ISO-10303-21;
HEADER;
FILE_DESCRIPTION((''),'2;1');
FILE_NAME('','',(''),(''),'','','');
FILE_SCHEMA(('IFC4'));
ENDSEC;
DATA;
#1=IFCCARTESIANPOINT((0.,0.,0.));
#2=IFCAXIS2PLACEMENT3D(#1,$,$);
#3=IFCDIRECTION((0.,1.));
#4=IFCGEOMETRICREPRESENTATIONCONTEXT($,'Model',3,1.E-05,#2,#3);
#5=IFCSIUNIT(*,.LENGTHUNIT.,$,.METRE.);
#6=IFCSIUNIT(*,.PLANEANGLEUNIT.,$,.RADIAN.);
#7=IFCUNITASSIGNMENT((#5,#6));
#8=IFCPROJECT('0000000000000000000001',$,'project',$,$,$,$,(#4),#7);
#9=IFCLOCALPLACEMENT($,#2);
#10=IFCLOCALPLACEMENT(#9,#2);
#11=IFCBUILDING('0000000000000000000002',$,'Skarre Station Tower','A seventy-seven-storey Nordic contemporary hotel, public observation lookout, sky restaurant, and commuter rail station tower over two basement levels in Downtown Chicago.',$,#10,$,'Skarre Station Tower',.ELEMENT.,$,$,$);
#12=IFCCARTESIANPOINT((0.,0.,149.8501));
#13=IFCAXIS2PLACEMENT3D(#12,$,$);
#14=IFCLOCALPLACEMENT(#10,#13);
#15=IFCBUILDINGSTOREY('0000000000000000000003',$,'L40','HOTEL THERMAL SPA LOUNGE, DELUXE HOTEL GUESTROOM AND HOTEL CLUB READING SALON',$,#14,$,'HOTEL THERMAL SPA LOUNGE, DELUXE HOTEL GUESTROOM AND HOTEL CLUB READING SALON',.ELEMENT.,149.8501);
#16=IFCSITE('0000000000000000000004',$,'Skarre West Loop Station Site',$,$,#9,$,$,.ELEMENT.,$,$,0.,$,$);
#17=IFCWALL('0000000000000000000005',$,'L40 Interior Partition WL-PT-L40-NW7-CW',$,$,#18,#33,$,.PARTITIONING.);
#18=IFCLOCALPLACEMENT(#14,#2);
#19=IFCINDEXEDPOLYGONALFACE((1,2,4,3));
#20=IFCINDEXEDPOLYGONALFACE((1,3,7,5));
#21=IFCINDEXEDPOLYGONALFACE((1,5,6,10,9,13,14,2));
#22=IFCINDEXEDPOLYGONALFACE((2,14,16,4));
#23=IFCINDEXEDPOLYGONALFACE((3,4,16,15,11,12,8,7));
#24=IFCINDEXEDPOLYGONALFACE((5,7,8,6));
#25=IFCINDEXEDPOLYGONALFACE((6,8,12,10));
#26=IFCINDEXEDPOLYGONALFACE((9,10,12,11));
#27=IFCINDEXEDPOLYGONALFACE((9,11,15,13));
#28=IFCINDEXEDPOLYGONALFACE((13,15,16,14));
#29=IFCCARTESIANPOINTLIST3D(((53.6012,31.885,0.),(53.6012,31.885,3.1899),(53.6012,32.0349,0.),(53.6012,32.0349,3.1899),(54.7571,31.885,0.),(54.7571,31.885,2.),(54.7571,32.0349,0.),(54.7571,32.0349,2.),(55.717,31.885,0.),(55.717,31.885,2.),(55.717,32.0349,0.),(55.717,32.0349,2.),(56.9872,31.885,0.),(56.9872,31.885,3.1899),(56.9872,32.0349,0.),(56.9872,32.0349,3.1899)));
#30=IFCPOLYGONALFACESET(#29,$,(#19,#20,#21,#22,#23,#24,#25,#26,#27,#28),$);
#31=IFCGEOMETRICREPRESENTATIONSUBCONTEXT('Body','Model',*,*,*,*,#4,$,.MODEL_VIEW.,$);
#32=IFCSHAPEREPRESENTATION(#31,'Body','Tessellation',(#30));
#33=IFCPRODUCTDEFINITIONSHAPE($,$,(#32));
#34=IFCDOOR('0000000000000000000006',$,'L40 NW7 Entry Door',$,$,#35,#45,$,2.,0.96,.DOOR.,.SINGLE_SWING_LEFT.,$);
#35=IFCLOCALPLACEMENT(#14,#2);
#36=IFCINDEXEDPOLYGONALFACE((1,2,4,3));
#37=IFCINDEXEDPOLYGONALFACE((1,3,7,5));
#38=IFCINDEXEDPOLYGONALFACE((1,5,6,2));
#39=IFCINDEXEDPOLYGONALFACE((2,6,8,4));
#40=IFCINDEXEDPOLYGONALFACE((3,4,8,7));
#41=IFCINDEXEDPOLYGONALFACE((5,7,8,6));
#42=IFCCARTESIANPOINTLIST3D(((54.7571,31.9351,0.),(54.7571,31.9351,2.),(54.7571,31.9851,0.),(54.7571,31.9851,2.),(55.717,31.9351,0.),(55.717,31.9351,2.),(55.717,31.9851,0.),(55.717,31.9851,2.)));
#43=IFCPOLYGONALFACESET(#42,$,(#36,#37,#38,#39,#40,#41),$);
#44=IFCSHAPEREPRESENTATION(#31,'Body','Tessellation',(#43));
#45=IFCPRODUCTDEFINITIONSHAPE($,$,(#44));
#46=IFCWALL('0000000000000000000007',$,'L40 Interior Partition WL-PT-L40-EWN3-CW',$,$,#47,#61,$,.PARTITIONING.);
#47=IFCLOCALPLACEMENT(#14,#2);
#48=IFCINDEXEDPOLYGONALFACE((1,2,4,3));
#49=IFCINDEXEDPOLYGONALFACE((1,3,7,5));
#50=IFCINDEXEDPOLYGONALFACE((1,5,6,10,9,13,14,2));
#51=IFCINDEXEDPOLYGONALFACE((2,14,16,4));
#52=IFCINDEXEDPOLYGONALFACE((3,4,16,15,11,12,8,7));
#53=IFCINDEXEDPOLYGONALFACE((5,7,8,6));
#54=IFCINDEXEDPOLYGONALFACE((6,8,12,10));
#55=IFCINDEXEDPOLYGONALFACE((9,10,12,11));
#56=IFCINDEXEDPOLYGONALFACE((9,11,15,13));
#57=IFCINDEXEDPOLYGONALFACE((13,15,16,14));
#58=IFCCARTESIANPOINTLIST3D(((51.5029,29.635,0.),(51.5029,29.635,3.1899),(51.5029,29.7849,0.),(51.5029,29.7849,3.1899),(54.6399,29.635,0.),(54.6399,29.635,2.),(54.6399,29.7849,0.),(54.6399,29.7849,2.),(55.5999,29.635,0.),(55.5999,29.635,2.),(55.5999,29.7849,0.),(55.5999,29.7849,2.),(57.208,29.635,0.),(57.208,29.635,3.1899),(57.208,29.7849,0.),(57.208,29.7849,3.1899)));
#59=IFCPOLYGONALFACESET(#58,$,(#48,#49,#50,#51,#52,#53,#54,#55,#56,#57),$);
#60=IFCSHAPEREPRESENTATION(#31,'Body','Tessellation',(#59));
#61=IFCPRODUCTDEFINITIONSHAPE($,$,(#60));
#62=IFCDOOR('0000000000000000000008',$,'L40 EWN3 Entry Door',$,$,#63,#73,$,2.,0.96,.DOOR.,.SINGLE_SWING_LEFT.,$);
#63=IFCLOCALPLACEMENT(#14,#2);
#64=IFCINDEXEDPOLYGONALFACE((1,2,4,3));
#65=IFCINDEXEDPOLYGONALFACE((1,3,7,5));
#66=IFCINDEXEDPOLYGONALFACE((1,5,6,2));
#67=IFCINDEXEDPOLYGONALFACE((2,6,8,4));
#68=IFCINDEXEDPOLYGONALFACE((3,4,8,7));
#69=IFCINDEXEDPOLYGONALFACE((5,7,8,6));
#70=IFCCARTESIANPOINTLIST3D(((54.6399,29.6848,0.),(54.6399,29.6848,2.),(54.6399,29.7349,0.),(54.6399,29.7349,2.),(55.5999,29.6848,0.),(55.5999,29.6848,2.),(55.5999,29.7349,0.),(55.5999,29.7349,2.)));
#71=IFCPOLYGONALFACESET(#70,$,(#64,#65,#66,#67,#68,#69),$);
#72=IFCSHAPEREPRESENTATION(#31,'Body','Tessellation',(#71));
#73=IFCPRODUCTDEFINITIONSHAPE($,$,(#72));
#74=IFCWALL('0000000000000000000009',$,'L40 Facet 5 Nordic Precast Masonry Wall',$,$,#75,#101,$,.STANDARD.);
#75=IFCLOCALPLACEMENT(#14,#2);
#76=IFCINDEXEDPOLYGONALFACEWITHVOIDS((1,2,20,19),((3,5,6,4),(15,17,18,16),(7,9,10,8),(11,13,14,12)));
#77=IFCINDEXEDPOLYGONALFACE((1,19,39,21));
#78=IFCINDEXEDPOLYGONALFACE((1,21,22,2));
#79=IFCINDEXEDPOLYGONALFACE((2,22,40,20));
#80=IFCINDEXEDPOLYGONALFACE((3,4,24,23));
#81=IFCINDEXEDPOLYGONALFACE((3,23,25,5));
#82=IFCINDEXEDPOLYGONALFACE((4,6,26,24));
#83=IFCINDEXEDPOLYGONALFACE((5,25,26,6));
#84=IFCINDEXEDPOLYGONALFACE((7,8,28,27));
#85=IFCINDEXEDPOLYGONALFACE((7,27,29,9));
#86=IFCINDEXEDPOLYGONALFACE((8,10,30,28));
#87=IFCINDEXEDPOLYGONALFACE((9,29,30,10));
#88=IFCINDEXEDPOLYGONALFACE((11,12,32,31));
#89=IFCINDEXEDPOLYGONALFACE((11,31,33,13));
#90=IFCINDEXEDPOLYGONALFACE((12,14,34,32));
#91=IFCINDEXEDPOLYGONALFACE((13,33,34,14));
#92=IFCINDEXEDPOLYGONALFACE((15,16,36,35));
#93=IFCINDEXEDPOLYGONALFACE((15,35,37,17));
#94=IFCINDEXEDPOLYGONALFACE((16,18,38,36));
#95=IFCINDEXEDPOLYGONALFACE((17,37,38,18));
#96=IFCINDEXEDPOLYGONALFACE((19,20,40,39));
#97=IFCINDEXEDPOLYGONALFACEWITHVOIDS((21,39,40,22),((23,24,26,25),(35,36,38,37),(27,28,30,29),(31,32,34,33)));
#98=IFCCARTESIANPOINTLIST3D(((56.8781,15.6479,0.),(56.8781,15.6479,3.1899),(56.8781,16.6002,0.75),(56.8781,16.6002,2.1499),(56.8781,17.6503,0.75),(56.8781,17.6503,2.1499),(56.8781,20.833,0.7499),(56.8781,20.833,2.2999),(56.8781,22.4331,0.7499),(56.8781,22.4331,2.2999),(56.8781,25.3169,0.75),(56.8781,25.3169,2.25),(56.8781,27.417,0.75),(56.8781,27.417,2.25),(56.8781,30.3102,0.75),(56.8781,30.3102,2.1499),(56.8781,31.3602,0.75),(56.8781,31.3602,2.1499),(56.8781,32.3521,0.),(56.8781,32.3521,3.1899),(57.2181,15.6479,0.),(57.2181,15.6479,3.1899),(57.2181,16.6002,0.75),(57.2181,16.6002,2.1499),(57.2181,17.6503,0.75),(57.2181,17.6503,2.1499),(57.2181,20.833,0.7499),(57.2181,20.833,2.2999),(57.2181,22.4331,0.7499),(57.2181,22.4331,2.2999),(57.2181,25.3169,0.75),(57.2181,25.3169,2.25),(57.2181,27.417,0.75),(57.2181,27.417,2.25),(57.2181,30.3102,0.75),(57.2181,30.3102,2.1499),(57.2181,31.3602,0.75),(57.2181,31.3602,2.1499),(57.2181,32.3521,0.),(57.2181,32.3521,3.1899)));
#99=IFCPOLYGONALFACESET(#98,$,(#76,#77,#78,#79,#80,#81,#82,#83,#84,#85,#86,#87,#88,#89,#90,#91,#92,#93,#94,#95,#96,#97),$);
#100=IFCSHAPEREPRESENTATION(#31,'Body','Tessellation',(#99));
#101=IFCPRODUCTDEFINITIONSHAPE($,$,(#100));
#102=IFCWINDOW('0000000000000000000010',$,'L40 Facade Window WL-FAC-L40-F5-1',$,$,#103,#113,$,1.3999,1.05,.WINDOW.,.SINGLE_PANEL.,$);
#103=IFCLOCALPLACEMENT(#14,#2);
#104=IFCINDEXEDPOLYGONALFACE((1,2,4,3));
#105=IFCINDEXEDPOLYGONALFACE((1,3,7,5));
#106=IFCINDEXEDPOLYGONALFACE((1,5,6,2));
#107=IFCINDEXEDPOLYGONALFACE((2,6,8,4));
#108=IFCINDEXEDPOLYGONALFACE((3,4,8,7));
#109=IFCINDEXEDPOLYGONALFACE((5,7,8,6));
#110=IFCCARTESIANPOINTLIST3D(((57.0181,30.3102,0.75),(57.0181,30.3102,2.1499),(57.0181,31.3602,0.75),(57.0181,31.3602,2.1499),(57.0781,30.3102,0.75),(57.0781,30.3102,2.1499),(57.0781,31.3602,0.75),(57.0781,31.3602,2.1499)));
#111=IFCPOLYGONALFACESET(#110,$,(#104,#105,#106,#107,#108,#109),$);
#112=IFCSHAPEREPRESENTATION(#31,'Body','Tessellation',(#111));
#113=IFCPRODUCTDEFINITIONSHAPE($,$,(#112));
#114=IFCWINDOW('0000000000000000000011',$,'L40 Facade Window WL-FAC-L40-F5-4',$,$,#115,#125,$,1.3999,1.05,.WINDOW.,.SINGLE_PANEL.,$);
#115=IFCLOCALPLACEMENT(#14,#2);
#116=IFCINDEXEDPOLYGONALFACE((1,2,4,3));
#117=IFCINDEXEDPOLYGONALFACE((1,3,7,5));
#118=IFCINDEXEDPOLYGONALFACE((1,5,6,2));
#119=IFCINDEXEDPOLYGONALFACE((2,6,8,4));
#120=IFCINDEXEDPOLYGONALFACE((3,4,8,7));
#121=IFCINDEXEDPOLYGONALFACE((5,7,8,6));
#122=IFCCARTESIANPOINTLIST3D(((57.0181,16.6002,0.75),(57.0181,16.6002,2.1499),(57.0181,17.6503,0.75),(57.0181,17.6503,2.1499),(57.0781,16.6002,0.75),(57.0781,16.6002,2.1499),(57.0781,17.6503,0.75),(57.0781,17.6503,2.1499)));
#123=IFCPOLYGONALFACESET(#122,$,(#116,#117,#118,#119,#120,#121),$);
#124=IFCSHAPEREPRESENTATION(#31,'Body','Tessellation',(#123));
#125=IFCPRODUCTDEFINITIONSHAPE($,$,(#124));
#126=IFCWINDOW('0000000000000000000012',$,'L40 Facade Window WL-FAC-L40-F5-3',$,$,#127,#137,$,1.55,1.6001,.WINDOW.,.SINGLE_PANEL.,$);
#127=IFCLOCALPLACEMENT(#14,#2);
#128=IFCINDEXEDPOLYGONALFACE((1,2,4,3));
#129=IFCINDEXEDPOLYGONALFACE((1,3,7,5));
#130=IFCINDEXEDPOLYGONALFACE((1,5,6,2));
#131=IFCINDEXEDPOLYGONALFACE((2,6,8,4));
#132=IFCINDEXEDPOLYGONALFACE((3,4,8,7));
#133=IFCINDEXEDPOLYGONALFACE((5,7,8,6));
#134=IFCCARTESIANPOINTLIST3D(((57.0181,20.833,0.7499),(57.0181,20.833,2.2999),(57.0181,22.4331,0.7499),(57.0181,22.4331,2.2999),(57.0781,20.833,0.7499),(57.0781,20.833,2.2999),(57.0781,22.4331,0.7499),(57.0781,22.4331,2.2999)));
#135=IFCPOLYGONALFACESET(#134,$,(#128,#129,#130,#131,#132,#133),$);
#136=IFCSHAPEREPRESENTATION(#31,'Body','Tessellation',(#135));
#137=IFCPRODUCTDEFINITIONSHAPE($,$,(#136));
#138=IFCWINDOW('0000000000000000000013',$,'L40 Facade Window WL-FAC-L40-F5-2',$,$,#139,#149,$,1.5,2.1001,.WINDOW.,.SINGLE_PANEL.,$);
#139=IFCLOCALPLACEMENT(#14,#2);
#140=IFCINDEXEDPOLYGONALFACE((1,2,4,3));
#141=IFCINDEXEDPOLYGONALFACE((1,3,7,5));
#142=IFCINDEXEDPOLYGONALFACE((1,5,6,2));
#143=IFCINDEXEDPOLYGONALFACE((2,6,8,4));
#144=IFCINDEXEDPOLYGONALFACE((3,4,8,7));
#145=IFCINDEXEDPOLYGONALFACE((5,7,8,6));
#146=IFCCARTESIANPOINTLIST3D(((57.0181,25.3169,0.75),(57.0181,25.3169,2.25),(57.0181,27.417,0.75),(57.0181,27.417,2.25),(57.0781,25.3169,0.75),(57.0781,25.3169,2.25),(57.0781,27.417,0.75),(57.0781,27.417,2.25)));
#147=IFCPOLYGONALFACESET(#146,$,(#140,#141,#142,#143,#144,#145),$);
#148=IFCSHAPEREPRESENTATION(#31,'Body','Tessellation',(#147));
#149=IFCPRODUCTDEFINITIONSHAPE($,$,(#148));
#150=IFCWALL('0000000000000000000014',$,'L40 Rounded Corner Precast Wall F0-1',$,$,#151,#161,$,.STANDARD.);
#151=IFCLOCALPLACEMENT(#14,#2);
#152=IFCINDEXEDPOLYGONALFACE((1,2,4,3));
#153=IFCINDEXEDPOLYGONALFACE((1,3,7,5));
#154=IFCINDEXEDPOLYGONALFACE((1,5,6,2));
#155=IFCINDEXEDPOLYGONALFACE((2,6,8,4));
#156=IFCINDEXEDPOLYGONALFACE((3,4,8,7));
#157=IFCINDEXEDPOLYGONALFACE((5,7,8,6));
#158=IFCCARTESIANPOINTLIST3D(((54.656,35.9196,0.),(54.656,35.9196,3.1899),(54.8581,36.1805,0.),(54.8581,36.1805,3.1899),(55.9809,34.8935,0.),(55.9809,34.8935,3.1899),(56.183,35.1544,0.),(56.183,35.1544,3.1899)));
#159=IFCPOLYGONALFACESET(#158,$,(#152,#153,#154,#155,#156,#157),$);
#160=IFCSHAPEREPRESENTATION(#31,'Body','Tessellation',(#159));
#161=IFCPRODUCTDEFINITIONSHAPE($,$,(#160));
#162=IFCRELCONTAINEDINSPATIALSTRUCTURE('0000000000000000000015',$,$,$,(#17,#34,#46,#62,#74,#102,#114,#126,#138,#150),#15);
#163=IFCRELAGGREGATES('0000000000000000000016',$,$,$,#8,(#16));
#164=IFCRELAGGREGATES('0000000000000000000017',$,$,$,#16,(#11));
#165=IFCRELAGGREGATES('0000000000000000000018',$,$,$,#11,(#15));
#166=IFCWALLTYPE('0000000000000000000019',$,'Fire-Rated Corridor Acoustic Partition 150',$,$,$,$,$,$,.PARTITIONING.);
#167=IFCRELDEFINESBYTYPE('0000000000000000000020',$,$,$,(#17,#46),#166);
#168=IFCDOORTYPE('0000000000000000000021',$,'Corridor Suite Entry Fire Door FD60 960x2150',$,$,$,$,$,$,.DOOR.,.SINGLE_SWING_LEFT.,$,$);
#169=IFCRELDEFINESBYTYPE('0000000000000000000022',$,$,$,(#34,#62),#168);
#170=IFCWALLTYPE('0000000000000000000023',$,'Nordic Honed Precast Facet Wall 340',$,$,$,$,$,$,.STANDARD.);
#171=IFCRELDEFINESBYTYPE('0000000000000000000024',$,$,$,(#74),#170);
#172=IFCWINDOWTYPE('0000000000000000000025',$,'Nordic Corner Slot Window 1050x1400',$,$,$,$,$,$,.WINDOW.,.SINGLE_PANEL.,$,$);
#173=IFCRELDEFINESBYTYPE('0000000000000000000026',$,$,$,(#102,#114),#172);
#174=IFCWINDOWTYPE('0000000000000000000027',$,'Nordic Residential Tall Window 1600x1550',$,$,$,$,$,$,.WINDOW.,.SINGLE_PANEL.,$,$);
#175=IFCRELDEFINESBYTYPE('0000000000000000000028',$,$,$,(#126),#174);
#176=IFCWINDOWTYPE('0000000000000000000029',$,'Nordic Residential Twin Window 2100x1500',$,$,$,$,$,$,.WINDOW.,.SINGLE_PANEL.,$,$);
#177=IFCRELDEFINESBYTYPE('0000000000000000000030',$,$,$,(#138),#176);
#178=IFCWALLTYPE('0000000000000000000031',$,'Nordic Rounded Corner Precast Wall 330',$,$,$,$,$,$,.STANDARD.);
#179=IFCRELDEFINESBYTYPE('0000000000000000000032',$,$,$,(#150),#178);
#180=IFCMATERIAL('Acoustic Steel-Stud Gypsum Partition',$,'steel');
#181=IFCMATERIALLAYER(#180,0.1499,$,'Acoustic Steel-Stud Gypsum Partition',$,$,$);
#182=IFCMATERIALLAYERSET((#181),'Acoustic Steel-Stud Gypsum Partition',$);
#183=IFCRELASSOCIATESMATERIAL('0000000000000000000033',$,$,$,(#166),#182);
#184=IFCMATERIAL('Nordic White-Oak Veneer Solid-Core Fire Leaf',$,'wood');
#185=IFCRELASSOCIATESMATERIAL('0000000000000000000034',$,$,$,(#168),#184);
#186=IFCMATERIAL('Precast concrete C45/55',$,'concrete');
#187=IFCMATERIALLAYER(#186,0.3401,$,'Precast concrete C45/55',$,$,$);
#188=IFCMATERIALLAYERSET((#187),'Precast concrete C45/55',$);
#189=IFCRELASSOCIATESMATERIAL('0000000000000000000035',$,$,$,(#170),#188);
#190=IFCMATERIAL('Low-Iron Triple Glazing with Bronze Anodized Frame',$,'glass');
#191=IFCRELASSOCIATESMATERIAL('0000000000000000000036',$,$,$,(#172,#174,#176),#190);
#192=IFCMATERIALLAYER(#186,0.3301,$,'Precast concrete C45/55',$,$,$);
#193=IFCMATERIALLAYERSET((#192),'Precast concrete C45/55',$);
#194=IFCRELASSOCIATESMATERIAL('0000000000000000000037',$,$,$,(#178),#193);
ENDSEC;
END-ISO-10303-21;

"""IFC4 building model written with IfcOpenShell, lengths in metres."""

from ifc_helpers import new_model, si_unit, direction, frame, frame_2d, origin, place, context, subcontext, project, spatial, rectangle, extrude, material, layer, layer_set, type_object, element, fill, save


model = new_model("IFC4")

# Units and contexts
model_context = context("Model", 3, precision=1e-05, world=origin(), true_north=direction((0.0, 1.0)))
body_context = subcontext(model_context, "Body", "Model", "MODEL_VIEW")
ifc_project = project(units=[si_unit("LENGTHUNIT", "METRE"), si_unit("PLANEANGLEUNIT", "RADIAN")], contexts=[model_context])

# Site, building, storey
site_placement = place(None, origin())
site = spatial("IfcSite", under=ifc_project, at=site_placement, Name="Skarre West Loop Station Site", CompositionType="ELEMENT", RefElevation=0.0)
building_placement = place(site_placement, origin())
building = spatial("IfcBuilding", under=site, at=building_placement, Name="Skarre Station Tower", Description="A seventy-seven-storey Nordic contemporary hotel, public observation lookout, sky restaurant, and commuter rail station tower over two basement levels in Downtown Chicago.", LongName="Skarre Station Tower", CompositionType="ELEMENT")
storey_placement = place(building_placement, frame((0.0, 0.0, 149.8501)))
storey = spatial("IfcBuildingStorey", under=building, at=storey_placement, Name="L40", Description="HOTEL THERMAL SPA LOUNGE, DELUXE HOTEL GUESTROOM AND HOTEL CLUB READING SALON", LongName="HOTEL THERMAL SPA LOUNGE, DELUXE HOTEL GUESTROOM AND HOTEL CLUB READING SALON", CompositionType="ELEMENT", Elevation=149.8501)

# Walls, openings, doors
ifc_material_1 = material(Name="Acoustic Steel-Stud Gypsum Partition", Category="steel")
ifc_layer_1 = layer(ifc_material_1, 0.1499, Name="Acoustic Steel-Stud Gypsum Partition")
ifc_layer_set_1 = layer_set([ifc_layer_1], Name="Acoustic Steel-Stud Gypsum Partition")
wall_type_1 = type_object("IfcWallType", Name="Fire-Rated Corridor Acoustic Partition 150", PredefinedType="PARTITIONING", material=ifc_layer_set_1)
ifc_material_2 = material(Name="Nordic White-Oak Veneer Solid-Core Fire Leaf", Category="wood")
door_type = type_object("IfcDoorType", Name="Corridor Suite Entry Fire Door FD60 960x2150", OperationType="SINGLE_SWING_LEFT", PredefinedType="DOOR", material=ifc_material_2)
wall_1_placement = place(storey_placement, frame((56.9871, 31.96, 0.0), z_axis=(0.0, 0.0, 1.0), x_axis=(-1.0, 0.0, 0.0)))
wall_1 = element("IfcWall", 1, at=wall_1_placement, inside=storey, type_object=wall_type_1, Name="L40 Interior Partition WL-PT-L40-NW7-CW", PredefinedType="PARTITIONING", context=body_context, shape_type="SweptSolid", body=[
    extrude(rectangle(XDim=3.386, YDim=0.1499, at=frame_2d((1.6929, 0.0))), origin(), (0.0, 0.0, 1.0), 3.1899),
])
opening_1_placement = place(wall_1_placement, frame((1.27, 0.0, 0.0)))
opening_1 = element("IfcOpeningElement", 2, at=opening_1_placement, cuts=wall_1, PredefinedType="OPENING", context=body_context, shape_type="SweptSolid", body=[
    extrude(rectangle(XDim=0.96, YDim=2.0, at=frame_2d((0.48, 1.0))), frame((0.0, 0.085, 0.0), z_axis=(0.0, -1.0, 0.0), x_axis=(1.0, 0.0, 0.0)), (0.0, 0.0, 1.0), 0.1699),
])
door_1_placement = place(opening_1_placement, origin())
door_1 = element("IfcDoor", 3, at=door_1_placement, inside=storey, type_object=door_type, Name="L40 NW7 Entry Door", OperationType="SINGLE_SWING_LEFT", OverallHeight=2.0, OverallWidth=0.96, PredefinedType="DOOR", context=body_context, shape_type="SweptSolid", body=[
    extrude(rectangle(XDim=0.96, YDim=2.0, at=frame_2d((0.48, 1.0))), frame((0.0, 0.0249, 0.0), z_axis=(0.0, -1.0, 0.0), x_axis=(1.0, 0.0, 0.0)), (0.0, 0.0, 1.0), 0.05),
])
fill(opening_1, door_1)
wall_2_placement = place(storey_placement, frame((51.5029, 29.71, 0.0), z_axis=(0.0, 0.0, 1.0), x_axis=(1.0, 0.0, 0.0)))
wall_2 = element("IfcWall", 4, at=wall_2_placement, inside=storey, type_object=wall_type_1, Name="L40 Interior Partition WL-PT-L40-EWN3-CW", PredefinedType="PARTITIONING", context=body_context, shape_type="SweptSolid", body=[
    extrude(rectangle(XDim=5.7051, YDim=0.1499, at=frame_2d((2.8525, 0.0))), origin(), (0.0, 0.0, 1.0), 3.1899),
])
opening_2_placement = place(wall_2_placement, frame((3.137, 0.0, 0.0)))
opening_2 = element("IfcOpeningElement", 5, at=opening_2_placement, cuts=wall_2, PredefinedType="OPENING", context=body_context, shape_type="SweptSolid", body=[
    extrude(rectangle(XDim=0.96, YDim=2.0, at=frame_2d((0.48, 1.0))), frame((0.0, 0.085, 0.0), z_axis=(0.0, -1.0, 0.0), x_axis=(1.0, 0.0, 0.0)), (0.0, 0.0, 1.0), 0.1699),
])
door_2_placement = place(opening_2_placement, origin())
door_2 = element("IfcDoor", 6, at=door_2_placement, inside=storey, type_object=door_type, Name="L40 EWN3 Entry Door", OperationType="SINGLE_SWING_LEFT", OverallHeight=2.0, OverallWidth=0.96, PredefinedType="DOOR", context=body_context, shape_type="SweptSolid", body=[
    extrude(rectangle(XDim=0.96, YDim=2.0, at=frame_2d((0.48, 1.0))), frame((0.0, 0.0249, 0.0), z_axis=(0.0, -1.0, 0.0), x_axis=(1.0, 0.0, 0.0)), (0.0, 0.0, 1.0), 0.05),
])
fill(opening_2, door_2)

# Wall, openings, windows
ifc_material_3 = material(Name="Precast concrete C45/55", Category="concrete")
ifc_layer_2 = layer(ifc_material_3, 0.3401, Name="Precast concrete C45/55")
ifc_layer_set_2 = layer_set([ifc_layer_2], Name="Precast concrete C45/55")
wall_type_2 = type_object("IfcWallType", Name="Nordic Honed Precast Facet Wall 340", PredefinedType="STANDARD", material=ifc_layer_set_2)
wall_3_placement = place(storey_placement, frame((57.0481, 32.3521, 0.0), z_axis=(0.0, 0.0, 1.0), x_axis=(0.0, -1.0, 0.0)))
wall_3 = element("IfcWall", 7, at=wall_3_placement, inside=storey, type_object=wall_type_2, Name="L40 Facet 5 Nordic Precast Masonry Wall", PredefinedType="STANDARD", context=body_context, shape_type="SweptSolid", body=[
    extrude(rectangle(XDim=16.7041, YDim=0.3401, at=frame_2d((8.3521, 0.0))), origin(), (0.0, 0.0, 1.0), 3.1899),
])
opening_3_placement = place(wall_3_placement, frame((0.9919, 0.0, 0.75)))
opening_3 = element("IfcOpeningElement", 8, at=opening_3_placement, cuts=wall_3, PredefinedType="OPENING", context=body_context, shape_type="SweptSolid", body=[
    extrude(rectangle(XDim=1.05, YDim=1.3999, at=frame_2d((0.5249, 0.7))), frame((0.0, 0.1799, 0.0), z_axis=(0.0, -1.0, 0.0), x_axis=(1.0, 0.0, 0.0)), (0.0, 0.0, 1.0), 0.3601),
])
opening_4_placement = place(wall_3_placement, frame((4.9351, 0.0, 0.75)))
opening_4 = element("IfcOpeningElement", 9, at=opening_4_placement, cuts=wall_3, PredefinedType="OPENING", context=body_context, shape_type="SweptSolid", body=[
    extrude(rectangle(XDim=2.1001, YDim=1.5, at=frame_2d((1.05, 0.75))), frame((0.0, 0.1799, 0.0), z_axis=(0.0, -1.0, 0.0), x_axis=(1.0, 0.0, 0.0)), (0.0, 0.0, 1.0), 0.3601),
])
opening_5_placement = place(wall_3_placement, frame((9.9189, 0.0, 0.75)))
opening_5 = element("IfcOpeningElement", 10, at=opening_5_placement, cuts=wall_3, PredefinedType="OPENING", context=body_context, shape_type="SweptSolid", body=[
    extrude(rectangle(XDim=1.6001, YDim=1.55, at=frame_2d((0.8, 0.7749))), frame((0.0, 0.1799, 0.0), z_axis=(0.0, -1.0, 0.0), x_axis=(1.0, 0.0, 0.0)), (0.0, 0.0, 1.0), 0.3601),
])
opening_6_placement = place(wall_3_placement, frame((14.7019, 0.0, 0.75)))
opening_6 = element("IfcOpeningElement", 11, at=opening_6_placement, cuts=wall_3, PredefinedType="OPENING", context=body_context, shape_type="SweptSolid", body=[
    extrude(rectangle(XDim=1.05, YDim=1.3999, at=frame_2d((0.5249, 0.7))), frame((0.0, 0.1799, 0.0), z_axis=(0.0, -1.0, 0.0), x_axis=(1.0, 0.0, 0.0)), (0.0, 0.0, 1.0), 0.3601),
])
ifc_material_4 = material(Name="Low-Iron Triple Glazing with Bronze Anodized Frame", Category="glass")
window_type_1 = type_object("IfcWindowType", Name="Nordic Corner Slot Window 1050x1400", PartitioningType="SINGLE_PANEL", PredefinedType="WINDOW", material=ifc_material_4)
window_1_placement = place(opening_3_placement, origin())
window_1 = element("IfcWindow", 12, at=window_1_placement, inside=storey, type_object=window_type_1, Name="L40 Facade Window WL-FAC-L40-F5-1", OverallHeight=1.3999, OverallWidth=1.05, PartitioningType="SINGLE_PANEL", PredefinedType="WINDOW", context=body_context, shape_type="SweptSolid", body=[
    extrude(rectangle(XDim=1.05, YDim=1.3999, at=frame_2d((0.5249, 0.7))), frame((0.0, 0.03, 0.0), z_axis=(0.0, -1.0, 0.0), x_axis=(1.0, 0.0, 0.0)), (0.0, 0.0, 1.0), 0.0601),
])
fill(opening_3, window_1)
window_2_placement = place(opening_6_placement, origin())
window_2 = element("IfcWindow", 13, at=window_2_placement, inside=storey, type_object=window_type_1, Name="L40 Facade Window WL-FAC-L40-F5-4", OverallHeight=1.3999, OverallWidth=1.05, PartitioningType="SINGLE_PANEL", PredefinedType="WINDOW", context=body_context, shape_type="SweptSolid", body=[
    extrude(rectangle(XDim=1.05, YDim=1.3999, at=frame_2d((0.5249, 0.7))), frame((0.0, 0.03, 0.0), z_axis=(0.0, -1.0, 0.0), x_axis=(1.0, 0.0, 0.0)), (0.0, 0.0, 1.0), 0.0601),
])
fill(opening_6, window_2)
window_type_2 = type_object("IfcWindowType", Name="Nordic Residential Tall Window 1600x1550", PartitioningType="SINGLE_PANEL", PredefinedType="WINDOW", material=ifc_material_4)
window_3_placement = place(opening_5_placement, origin())
window_3 = element("IfcWindow", 14, at=window_3_placement, inside=storey, type_object=window_type_2, Name="L40 Facade Window WL-FAC-L40-F5-3", OverallHeight=1.55, OverallWidth=1.6001, PartitioningType="SINGLE_PANEL", PredefinedType="WINDOW", context=body_context, shape_type="SweptSolid", body=[
    extrude(rectangle(XDim=1.6001, YDim=1.55, at=frame_2d((0.8, 0.7749))), frame((0.0, 0.03, 0.0), z_axis=(0.0, -1.0, 0.0), x_axis=(1.0, 0.0, 0.0)), (0.0, 0.0, 1.0), 0.0601),
])
fill(opening_5, window_3)
window_type_3 = type_object("IfcWindowType", Name="Nordic Residential Twin Window 2100x1500", PartitioningType="SINGLE_PANEL", PredefinedType="WINDOW", material=ifc_material_4)
window_4_placement = place(opening_4_placement, origin())
window_4 = element("IfcWindow", 15, at=window_4_placement, inside=storey, type_object=window_type_3, Name="L40 Facade Window WL-FAC-L40-F5-2", OverallHeight=1.5, OverallWidth=2.1001, PartitioningType="SINGLE_PANEL", PredefinedType="WINDOW", context=body_context, shape_type="SweptSolid", body=[
    extrude(rectangle(XDim=2.1001, YDim=1.5, at=frame_2d((1.05, 0.75))), frame((0.0, 0.03, 0.0), z_axis=(0.0, -1.0, 0.0), x_axis=(1.0, 0.0, 0.0)), (0.0, 0.0, 1.0), 0.0601),
])
fill(opening_4, window_4)

# Wall
ifc_layer_3 = layer(ifc_material_3, 0.3301, Name="Precast concrete C45/55")
ifc_layer_set_3 = layer_set([ifc_layer_3], Name="Precast concrete C45/55")
wall_type_3 = type_object("IfcWallType", Name="Nordic Rounded Corner Precast Wall 330", PredefinedType="STANDARD", material=ifc_layer_set_3)
wall_4_placement = place(storey_placement, frame((54.7571, 36.05, 0.0), z_axis=(0.0, 0.0, 1.0), x_axis=(0.790621, -0.612305, 0.0)))
element("IfcWall", 16, at=wall_4_placement, inside=storey, type_object=wall_type_3, Name="L40 Rounded Corner Precast Wall F0-1", PredefinedType="STANDARD", context=body_context, shape_type="SweptSolid", body=[
    extrude(rectangle(XDim=1.6758, YDim=0.3301, at=frame_2d((0.8379, 0.0))), origin(), (0.0, 0.0, 1.0), 3.1899),
])

save(model, "model.ifc")
